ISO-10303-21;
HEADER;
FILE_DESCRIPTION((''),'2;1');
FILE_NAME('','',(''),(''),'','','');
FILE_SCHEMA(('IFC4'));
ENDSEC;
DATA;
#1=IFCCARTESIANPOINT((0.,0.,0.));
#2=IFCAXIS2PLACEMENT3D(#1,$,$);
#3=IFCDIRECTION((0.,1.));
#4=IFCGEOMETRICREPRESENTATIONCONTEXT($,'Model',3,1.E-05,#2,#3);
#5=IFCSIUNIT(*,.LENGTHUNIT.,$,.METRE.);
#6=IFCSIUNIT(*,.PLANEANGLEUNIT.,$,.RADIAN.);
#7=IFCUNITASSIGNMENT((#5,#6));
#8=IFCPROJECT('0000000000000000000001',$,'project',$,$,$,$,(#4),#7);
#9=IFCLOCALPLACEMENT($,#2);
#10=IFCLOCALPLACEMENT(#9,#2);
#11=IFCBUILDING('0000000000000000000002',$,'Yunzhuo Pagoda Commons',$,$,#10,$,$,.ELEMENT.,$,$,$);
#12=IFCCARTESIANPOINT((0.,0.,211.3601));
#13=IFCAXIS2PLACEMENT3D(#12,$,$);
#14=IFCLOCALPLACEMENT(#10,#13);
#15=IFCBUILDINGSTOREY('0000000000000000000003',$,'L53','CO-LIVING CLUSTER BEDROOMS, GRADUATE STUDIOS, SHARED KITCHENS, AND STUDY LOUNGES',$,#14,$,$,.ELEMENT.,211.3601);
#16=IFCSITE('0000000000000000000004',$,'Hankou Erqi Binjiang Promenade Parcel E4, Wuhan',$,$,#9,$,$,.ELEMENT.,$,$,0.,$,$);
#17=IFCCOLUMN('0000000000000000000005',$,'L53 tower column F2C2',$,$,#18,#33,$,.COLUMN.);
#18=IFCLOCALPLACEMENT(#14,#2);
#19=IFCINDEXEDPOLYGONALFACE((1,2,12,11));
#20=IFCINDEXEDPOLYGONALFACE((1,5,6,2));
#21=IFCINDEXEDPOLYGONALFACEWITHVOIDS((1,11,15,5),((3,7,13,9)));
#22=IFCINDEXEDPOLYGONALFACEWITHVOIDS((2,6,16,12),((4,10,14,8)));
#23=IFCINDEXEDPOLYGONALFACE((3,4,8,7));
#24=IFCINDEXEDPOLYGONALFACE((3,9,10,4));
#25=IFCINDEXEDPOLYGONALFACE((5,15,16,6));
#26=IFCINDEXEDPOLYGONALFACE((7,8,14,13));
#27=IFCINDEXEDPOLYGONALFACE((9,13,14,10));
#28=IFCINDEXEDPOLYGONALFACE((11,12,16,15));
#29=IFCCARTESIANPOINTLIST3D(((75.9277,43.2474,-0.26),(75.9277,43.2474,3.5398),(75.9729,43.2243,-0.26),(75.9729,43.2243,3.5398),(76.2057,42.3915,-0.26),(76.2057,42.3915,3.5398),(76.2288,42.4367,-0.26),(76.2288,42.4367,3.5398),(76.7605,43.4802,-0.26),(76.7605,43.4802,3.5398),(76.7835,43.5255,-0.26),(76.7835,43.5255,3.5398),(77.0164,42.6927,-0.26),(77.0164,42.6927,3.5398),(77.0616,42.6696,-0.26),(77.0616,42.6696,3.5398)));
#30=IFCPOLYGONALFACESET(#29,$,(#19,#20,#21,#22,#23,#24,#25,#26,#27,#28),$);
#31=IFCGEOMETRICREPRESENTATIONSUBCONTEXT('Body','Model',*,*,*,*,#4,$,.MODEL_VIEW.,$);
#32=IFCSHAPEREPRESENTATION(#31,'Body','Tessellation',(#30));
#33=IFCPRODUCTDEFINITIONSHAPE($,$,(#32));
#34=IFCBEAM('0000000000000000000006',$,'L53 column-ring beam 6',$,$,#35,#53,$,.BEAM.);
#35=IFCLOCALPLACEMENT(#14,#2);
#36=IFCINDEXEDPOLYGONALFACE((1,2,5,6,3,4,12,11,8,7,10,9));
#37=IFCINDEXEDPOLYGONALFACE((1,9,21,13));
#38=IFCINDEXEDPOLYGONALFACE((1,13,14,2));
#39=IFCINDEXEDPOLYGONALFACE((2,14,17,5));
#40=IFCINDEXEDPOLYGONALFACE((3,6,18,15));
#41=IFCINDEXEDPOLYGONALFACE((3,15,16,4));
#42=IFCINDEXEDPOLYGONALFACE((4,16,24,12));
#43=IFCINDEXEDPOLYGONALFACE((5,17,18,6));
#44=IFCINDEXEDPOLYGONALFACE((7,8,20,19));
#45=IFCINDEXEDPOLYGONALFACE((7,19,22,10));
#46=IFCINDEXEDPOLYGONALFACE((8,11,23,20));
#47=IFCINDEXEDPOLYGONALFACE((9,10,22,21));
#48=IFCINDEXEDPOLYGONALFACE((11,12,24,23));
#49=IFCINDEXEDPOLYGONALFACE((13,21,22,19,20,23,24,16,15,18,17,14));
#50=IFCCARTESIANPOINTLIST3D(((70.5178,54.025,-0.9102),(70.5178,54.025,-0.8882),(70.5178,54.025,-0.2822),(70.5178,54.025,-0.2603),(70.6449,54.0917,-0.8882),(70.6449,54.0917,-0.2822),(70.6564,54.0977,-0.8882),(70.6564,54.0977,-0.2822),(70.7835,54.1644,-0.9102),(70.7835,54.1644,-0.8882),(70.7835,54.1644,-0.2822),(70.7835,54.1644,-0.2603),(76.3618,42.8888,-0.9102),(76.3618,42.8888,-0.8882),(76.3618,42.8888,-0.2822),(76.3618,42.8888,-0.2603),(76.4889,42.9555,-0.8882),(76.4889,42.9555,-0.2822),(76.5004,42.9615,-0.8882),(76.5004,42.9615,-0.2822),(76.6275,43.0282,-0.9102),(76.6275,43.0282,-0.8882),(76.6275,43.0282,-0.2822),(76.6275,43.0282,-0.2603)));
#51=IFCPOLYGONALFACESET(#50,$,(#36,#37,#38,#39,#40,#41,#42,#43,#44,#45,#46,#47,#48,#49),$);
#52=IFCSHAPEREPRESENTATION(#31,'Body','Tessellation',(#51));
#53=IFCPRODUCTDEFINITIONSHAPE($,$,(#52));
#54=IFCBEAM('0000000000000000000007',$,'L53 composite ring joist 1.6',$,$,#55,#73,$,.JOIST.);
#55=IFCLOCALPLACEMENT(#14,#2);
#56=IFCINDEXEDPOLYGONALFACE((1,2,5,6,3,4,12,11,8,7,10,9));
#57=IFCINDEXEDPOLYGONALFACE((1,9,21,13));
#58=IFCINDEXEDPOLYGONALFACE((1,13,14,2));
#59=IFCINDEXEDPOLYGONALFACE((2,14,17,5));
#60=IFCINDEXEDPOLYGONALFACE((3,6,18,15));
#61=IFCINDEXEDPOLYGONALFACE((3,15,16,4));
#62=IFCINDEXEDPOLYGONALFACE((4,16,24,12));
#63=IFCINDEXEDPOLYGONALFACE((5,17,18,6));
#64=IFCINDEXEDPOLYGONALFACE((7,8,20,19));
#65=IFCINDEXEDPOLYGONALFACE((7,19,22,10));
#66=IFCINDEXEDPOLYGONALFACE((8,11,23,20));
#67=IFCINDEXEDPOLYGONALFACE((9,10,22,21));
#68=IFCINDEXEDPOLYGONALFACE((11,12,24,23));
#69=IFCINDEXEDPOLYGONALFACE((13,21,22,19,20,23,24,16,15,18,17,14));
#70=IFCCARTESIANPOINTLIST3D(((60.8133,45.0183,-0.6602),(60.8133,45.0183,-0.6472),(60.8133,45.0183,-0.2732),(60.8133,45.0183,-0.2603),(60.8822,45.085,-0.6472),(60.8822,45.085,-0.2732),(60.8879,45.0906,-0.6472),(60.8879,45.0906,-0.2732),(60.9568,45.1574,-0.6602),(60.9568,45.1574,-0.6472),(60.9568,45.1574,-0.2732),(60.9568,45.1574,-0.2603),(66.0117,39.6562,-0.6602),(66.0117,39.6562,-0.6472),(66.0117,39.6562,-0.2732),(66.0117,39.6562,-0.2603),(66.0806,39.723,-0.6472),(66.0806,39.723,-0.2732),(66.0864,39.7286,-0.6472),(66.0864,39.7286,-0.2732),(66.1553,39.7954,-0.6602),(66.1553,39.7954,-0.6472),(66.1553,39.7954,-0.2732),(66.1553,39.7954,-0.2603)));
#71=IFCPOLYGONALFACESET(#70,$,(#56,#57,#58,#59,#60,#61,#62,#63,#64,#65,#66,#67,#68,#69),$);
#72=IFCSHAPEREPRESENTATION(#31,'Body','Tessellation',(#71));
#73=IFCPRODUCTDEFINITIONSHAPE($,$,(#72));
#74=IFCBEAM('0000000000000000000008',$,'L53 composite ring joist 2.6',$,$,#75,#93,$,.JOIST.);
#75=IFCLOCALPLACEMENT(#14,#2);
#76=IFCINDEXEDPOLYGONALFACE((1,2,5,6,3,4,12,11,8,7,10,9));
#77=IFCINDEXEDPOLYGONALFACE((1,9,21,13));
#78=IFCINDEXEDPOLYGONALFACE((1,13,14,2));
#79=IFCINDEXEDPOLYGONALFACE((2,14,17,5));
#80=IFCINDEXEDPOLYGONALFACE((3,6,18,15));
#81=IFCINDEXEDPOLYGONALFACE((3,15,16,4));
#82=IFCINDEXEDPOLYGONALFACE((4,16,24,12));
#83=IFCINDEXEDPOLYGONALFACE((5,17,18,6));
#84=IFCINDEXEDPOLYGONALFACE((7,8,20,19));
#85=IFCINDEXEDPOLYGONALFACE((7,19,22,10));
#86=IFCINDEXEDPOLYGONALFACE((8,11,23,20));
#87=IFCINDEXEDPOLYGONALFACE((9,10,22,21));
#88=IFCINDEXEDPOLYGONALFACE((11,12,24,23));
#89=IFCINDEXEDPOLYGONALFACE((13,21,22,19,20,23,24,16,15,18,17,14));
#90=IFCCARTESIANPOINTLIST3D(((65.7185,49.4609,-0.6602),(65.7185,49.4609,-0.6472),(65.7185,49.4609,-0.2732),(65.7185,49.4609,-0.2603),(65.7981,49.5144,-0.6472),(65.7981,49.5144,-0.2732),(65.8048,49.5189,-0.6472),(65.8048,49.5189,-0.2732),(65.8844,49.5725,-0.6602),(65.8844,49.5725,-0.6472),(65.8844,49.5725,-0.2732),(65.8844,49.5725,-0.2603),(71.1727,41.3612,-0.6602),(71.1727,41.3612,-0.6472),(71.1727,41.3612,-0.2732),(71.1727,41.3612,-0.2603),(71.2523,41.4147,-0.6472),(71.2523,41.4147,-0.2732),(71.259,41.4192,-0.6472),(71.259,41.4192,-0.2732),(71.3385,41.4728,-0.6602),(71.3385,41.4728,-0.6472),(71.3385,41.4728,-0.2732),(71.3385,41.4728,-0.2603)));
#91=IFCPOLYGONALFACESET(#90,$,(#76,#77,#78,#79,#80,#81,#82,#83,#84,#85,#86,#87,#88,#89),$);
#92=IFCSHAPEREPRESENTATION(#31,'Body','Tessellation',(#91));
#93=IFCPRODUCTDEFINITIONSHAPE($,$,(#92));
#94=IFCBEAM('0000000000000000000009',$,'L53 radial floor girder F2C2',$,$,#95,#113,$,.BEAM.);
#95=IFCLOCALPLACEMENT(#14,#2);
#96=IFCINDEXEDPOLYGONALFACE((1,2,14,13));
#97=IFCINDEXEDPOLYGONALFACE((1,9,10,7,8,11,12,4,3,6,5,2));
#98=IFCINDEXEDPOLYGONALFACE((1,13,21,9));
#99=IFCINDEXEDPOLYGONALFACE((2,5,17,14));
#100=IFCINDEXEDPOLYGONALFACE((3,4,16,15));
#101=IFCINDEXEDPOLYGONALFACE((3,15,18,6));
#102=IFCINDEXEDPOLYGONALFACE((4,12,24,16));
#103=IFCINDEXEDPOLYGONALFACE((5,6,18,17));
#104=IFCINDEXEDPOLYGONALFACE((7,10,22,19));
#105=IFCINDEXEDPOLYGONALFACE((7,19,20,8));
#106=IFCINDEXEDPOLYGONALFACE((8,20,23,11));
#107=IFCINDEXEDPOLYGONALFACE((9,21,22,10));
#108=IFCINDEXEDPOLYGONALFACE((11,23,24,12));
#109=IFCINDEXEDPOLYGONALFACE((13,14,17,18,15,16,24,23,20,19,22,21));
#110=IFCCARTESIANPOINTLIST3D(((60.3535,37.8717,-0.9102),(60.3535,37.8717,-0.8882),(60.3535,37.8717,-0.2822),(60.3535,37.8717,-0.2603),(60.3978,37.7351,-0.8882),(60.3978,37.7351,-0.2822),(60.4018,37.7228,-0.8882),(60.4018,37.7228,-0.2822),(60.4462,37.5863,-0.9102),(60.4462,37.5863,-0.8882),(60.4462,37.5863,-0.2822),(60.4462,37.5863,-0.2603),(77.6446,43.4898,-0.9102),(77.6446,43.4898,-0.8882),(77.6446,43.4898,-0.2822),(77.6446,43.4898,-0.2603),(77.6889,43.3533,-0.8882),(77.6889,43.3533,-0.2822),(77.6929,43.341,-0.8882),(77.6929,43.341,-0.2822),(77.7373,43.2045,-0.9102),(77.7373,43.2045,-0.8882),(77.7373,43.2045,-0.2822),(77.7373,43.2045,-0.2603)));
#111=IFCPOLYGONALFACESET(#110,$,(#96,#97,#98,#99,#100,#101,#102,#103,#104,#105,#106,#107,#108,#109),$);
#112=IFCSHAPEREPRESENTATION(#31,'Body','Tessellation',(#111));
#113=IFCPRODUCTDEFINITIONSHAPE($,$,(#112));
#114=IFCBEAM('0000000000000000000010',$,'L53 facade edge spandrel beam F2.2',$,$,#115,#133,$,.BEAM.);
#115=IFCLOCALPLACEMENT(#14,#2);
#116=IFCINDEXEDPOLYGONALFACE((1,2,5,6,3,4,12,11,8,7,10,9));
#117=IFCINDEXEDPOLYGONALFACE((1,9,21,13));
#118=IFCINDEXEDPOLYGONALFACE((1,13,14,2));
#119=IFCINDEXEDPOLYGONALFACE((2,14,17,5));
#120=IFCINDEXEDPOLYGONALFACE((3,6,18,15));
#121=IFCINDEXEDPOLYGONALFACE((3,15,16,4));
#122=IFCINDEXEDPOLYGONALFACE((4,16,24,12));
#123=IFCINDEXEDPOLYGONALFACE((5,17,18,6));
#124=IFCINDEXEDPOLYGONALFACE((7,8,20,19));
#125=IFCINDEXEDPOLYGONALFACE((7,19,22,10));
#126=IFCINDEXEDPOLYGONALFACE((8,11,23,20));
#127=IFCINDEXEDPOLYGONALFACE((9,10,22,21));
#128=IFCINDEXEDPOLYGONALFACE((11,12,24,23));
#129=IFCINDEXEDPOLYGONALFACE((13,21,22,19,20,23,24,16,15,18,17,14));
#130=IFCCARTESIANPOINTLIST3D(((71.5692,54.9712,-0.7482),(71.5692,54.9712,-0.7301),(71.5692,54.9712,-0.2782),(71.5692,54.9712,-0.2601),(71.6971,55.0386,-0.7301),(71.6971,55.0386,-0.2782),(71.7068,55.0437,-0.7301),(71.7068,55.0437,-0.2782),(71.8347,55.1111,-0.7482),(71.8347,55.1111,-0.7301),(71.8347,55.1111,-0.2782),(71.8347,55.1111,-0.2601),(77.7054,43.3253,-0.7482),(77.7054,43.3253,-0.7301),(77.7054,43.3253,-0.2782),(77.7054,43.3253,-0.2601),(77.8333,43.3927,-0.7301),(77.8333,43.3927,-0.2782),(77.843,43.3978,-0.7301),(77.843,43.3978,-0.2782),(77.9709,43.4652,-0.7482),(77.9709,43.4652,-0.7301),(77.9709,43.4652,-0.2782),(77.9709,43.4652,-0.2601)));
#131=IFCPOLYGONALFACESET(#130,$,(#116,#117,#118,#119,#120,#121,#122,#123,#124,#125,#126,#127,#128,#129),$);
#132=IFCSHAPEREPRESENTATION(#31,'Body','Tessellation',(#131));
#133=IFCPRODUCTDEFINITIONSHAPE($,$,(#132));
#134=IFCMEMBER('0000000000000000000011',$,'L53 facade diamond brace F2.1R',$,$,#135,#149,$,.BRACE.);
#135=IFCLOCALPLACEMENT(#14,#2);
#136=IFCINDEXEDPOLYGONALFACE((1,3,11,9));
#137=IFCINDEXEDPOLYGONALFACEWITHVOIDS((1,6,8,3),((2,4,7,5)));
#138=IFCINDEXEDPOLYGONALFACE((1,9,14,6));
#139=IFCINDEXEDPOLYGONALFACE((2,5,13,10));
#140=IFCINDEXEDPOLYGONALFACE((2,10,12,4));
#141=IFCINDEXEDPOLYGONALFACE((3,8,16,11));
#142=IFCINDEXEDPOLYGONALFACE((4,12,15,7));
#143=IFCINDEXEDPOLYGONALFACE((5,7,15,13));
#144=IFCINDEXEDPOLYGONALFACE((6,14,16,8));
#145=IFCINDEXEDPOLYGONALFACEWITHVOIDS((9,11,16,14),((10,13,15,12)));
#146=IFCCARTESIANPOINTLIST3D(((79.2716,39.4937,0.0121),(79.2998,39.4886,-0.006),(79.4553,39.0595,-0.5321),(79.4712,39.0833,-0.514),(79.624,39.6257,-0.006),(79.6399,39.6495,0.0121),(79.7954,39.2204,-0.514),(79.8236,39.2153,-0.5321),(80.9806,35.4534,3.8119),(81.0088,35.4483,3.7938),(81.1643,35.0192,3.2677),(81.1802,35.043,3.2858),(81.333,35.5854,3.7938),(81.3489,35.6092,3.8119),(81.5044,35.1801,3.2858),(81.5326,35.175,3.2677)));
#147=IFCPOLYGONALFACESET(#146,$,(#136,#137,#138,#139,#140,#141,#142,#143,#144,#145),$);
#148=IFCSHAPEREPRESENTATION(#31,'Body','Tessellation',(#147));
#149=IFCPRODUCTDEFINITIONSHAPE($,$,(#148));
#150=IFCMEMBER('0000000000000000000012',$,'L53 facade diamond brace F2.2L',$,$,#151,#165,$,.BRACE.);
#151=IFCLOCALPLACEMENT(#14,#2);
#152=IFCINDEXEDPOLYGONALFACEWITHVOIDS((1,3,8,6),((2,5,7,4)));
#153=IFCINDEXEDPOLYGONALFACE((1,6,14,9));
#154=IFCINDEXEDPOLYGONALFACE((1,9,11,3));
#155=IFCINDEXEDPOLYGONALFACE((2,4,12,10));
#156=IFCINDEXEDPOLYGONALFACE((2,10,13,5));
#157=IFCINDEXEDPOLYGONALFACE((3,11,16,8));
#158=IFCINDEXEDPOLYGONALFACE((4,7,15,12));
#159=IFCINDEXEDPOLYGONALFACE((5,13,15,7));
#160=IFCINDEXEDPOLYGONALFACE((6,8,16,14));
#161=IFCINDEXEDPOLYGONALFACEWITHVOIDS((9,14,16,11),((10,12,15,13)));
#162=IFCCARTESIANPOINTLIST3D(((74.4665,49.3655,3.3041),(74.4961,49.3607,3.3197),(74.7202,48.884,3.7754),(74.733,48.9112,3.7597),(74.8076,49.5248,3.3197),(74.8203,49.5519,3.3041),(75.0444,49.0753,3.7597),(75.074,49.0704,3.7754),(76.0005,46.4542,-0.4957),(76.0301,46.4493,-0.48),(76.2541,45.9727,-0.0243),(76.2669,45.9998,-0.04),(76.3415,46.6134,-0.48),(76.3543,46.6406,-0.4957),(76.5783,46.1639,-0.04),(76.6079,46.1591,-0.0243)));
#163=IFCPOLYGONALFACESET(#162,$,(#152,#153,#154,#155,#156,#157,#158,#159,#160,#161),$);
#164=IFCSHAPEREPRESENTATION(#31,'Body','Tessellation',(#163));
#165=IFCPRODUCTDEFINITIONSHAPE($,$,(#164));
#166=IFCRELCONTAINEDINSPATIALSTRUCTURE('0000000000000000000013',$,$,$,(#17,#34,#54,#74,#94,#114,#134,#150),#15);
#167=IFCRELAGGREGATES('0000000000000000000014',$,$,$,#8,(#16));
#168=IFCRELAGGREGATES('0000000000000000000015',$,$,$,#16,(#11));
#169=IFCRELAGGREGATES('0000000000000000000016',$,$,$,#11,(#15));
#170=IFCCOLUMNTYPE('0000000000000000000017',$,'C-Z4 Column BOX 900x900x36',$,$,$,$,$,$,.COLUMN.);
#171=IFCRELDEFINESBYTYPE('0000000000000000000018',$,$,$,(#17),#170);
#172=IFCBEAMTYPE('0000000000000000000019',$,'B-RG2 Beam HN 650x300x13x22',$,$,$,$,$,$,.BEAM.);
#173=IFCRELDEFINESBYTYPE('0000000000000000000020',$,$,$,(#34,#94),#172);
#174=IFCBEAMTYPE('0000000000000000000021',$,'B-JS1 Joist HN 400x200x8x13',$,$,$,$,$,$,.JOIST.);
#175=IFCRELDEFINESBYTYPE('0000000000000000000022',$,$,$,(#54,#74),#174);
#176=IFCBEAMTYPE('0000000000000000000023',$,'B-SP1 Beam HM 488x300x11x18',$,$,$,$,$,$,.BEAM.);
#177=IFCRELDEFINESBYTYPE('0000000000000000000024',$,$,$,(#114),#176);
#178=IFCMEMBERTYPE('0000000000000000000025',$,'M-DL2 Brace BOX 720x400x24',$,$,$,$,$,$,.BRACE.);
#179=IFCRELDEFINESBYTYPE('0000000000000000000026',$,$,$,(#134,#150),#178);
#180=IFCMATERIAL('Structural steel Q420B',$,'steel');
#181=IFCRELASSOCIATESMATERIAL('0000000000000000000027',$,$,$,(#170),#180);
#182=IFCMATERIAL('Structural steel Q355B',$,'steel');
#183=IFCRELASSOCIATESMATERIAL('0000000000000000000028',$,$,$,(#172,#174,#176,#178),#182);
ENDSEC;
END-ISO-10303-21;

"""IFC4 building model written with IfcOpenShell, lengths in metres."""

from ifc_helpers import new_model, si_unit, direction, frame, origin, origin_2d, place, context, subcontext, project, spatial, hollow_rectangle, i_section, extrude, source, transform, mapped, material, material_profile, profile_set, type_object, element, save


model = new_model("IFC4")

# Units and contexts
model_context = context("Model", 3, precision=1e-05, world=origin(), true_north=direction((0.0, 1.0)))
body_context = subcontext(model_context, "Body", "Model", "MODEL_VIEW")
ifc_project = project(units=[si_unit("LENGTHUNIT", "METRE"), si_unit("PLANEANGLEUNIT", "RADIAN")], contexts=[model_context])

# Site, building, storey
site_placement = place(None, origin())
site = spatial("IfcSite", under=ifc_project, at=site_placement, Name="Hankou Erqi Binjiang Promenade Parcel E4, Wuhan", CompositionType="ELEMENT", RefElevation=0.0)
building_placement = place(site_placement, origin())
building = spatial("IfcBuilding", under=site, at=building_placement, Name="Yunzhuo Pagoda Commons", CompositionType="ELEMENT")
storey_placement = place(building_placement, frame((0.0, 0.0, 211.3601)))
storey = spatial("IfcBuildingStorey", under=building, at=storey_placement, Name="L53", Description="CO-LIVING CLUSTER BEDROOMS, GRADUATE STUDIOS, SHARED KITCHENS, AND STUDY LOUNGES", CompositionType="ELEMENT", Elevation=211.3601)

# Column
ifc_material_1 = material(Name="Structural steel Q420B", Category="steel")
ifc_material_profile_1 = material_profile(ifc_material_1, hollow_rectangle(XDim=0.8999, YDim=0.8999, WallThickness=0.0359, at=origin_2d()), Name="Structural steel Q420B")
ifc_profile_set_1 = profile_set([ifc_material_profile_1], Name="Structural steel Q420B")
column_type = type_object("IfcColumnType", Name="C-Z4 Column BOX 900x900x36", PredefinedType="COLUMN", material=ifc_profile_set_1)
shared_shape_1 = source(origin(), body_context, "Body", "SweptSolid", [
    extrude(hollow_rectangle(XDim=0.8999, YDim=0.8999, WallThickness=0.0359, at=origin_2d()), origin(), (0.0, 0.0, 1.0), 3.7998),
])
column_placement = place(storey_placement, frame((76.4946, 42.9585, -0.26), z_axis=(0.0, 0.0, 1.0), x_axis=(-0.309017, 0.951057, 0.0)))
element("IfcColumn", 1, at=column_placement, inside=storey, type_object=column_type, Name="L53 tower column F2C2", PredefinedType="COLUMN", context=body_context, shape_type="MappedRepresentation", body=[
    mapped(shared_shape_1, transform((0.0, 0.0, 0.0), scale=1.0)),
])

# Beams
ifc_material_2 = material(Name="Structural steel Q355B", Category="steel")
ifc_material_profile_2 = material_profile(ifc_material_2, i_section(OverallWidth=0.3, OverallDepth=0.6499, WebThickness=0.0129, FlangeThickness=0.022, at=origin_2d()), Name="Structural steel Q355B")
ifc_profile_set_2 = profile_set([ifc_material_profile_2], Name="Structural steel Q355B")
beam_type_1 = type_object("IfcBeamType", Name="B-RG2 Beam HN 650x300x13x22", PredefinedType="BEAM", material=ifc_profile_set_2)
shared_shape_2 = source(origin(), body_context, "Body", "SweptSolid", [
    extrude(i_section(OverallWidth=0.3, OverallDepth=0.6499, WebThickness=0.0129, FlangeThickness=0.022, at=origin_2d()), origin(), (0.0, 0.0, 1.0), 12.5764),
])
beam_1_placement = place(storey_placement, frame((76.4946, 42.9585, -0.5852), z_axis=(-0.464676, 0.885481, 0.0), x_axis=(-0.885481, -0.464676, 0.0)))
element("IfcBeam", 2, at=beam_1_placement, inside=storey, type_object=beam_type_1, Name="L53 column-ring beam 6", PredefinedType="BEAM", context=body_context, shape_type="MappedRepresentation", body=[
    mapped(shared_shape_2, transform((0.0, 0.0, 0.0), scale=1.0)),
])
ifc_material_profile_3 = material_profile(ifc_material_2, i_section(OverallWidth=0.2, OverallDepth=0.3999, WebThickness=0.0081, FlangeThickness=0.0129, at=origin_2d()), Name="Structural steel Q355B")
ifc_profile_set_3 = profile_set([ifc_material_profile_3], Name="Structural steel Q355B")
beam_type_2 = type_object("IfcBeamType", Name="B-JS1 Joist HN 400x200x8x13", PredefinedType="JOIST", material=ifc_profile_set_3)
shared_shape_3 = source(origin(), body_context, "Body", "SweptSolid", [
    extrude(i_section(OverallWidth=0.2, OverallDepth=0.3999, WebThickness=0.0081, FlangeThickness=0.0129, at=origin_2d()), origin(), (0.0, 0.0, 1.0), 7.4683),
])
beam_2_placement = place(storey_placement, frame((66.0835, 39.7258, -0.4602), z_axis=(-0.696071, 0.717973, 0.0), x_axis=(-0.717973, -0.696071, 0.0)))
element("IfcBeam", 3, at=beam_2_placement, inside=storey, type_object=beam_type_2, Name="L53 composite ring joist 1.6", PredefinedType="JOIST", context=body_context, shape_type="MappedRepresentation", body=[
    mapped(shared_shape_3, transform((0.0, 0.0, 0.0), scale=1.0)),
])
shared_shape_4 = source(origin(), body_context, "Body", "SweptSolid", [
    extrude(i_section(OverallWidth=0.2, OverallDepth=0.3999, WebThickness=0.0081, FlangeThickness=0.0129, at=origin_2d()), origin(), (0.0, 0.0, 1.0), 9.7649),
])
beam_3_placement = place(storey_placement, frame((71.2556, 41.417, -0.4602), z_axis=(-0.558548, 0.829472, 0.0), x_axis=(-0.829472, -0.558548, 0.0)))
element("IfcBeam", 4, at=beam_3_placement, inside=storey, type_object=beam_type_2, Name="L53 composite ring joist 2.6", PredefinedType="JOIST", context=body_context, shape_type="MappedRepresentation", body=[
    mapped(shared_shape_4, transform((0.0, 0.0, 0.0), scale=1.0)),
])
shared_shape_5 = source(origin(), body_context, "Body", "SweptSolid", [
    extrude(i_section(OverallWidth=0.3, OverallDepth=0.6499, WebThickness=0.0129, FlangeThickness=0.022, at=origin_2d()), origin(), (0.0, 0.0, 1.0), 18.1809),
])
beam_4_placement = place(storey_placement, frame((77.6909, 43.3472, -0.5852), z_axis=(-0.951057, -0.309016, 0.0), x_axis=(0.309016, -0.951057, 0.0)))
element("IfcBeam", 5, at=beam_4_placement, inside=storey, type_object=beam_type_1, Name="L53 radial floor girder F2C2", PredefinedType="BEAM", context=body_context, shape_type="MappedRepresentation", body=[
    mapped(shared_shape_5, transform((0.0, 0.0, 0.0), scale=1.0)),
])
ifc_material_profile_4 = material_profile(ifc_material_2, i_section(OverallWidth=0.3, OverallDepth=0.488, WebThickness=0.011, FlangeThickness=0.0181, at=origin_2d()), Name="Structural steel Q355B")
ifc_profile_set_4 = profile_set([ifc_material_profile_4], Name="Structural steel Q355B")
beam_type_3 = type_object("IfcBeamType", Name="B-SP1 Beam HM 488x300x11x18", PredefinedType="BEAM", material=ifc_profile_set_4)
shared_shape_6 = source(origin(), body_context, "Body", "SweptSolid", [
    extrude(i_section(OverallWidth=0.3, OverallDepth=0.488, WebThickness=0.011, FlangeThickness=0.0181, at=origin_2d()), origin(), (0.0, 0.0, 1.0), 13.1636),
])
beam_5_placement = place(storey_placement, frame((77.8381, 43.3953, -0.5042), z_axis=(-0.466148, 0.884707, 0.0), x_axis=(-0.884707, -0.466148, 0.0)))
element("IfcBeam", 6, at=beam_5_placement, inside=storey, type_object=beam_type_3, Name="L53 facade edge spandrel beam F2.2", PredefinedType="BEAM", context=body_context, shape_type="MappedRepresentation", body=[
    mapped(shared_shape_6, transform((0.0, 0.0, 0.0), scale=1.0)),
])

# Members
ifc_material_profile_5 = material_profile(ifc_material_2, hollow_rectangle(XDim=0.3999, YDim=0.72, WallThickness=0.0239, at=origin_2d()), Name="Structural steel Q355B")
ifc_profile_set_5 = profile_set([ifc_material_profile_5], Name="Structural steel Q355B")
member_type_1 = type_object("IfcMemberType", Name="M-DL2 Brace BOX 720x400x24", PredefinedType="BRACE", material=ifc_profile_set_5)
shared_shape_7 = source(origin(), body_context, "Body", "SweptSolid", [
    extrude(hollow_rectangle(XDim=0.3999, YDim=0.72, WallThickness=0.0239, at=origin_2d()), origin(), (0.0, 0.0, 1.0), 5.8037),
])
member_1_placement = place(storey_placement, frame((79.5476, 39.3545, -0.26), z_axis=(0.294464, -0.696155, 0.65472), x_axis=(0.920997, 0.389569, 0.0)))
element("IfcMember", 7, at=member_1_placement, inside=storey, type_object=member_type_1, Name="L53 facade diamond brace F2.1R", PredefinedType="BRACE", context=body_context, shape_type="MappedRepresentation", body=[
    mapped(shared_shape_7, transform((0.0, 0.0, 0.0), scale=1.0)),
])
shared_shape_8 = source(origin(), body_context, "Body", "SweptSolid", [
    extrude(hollow_rectangle(XDim=0.3999, YDim=0.72, WallThickness=0.0239, at=origin_2d()), origin(), (0.0, 0.0, 1.0), 5.0266),
])
member_2_placement = place(storey_placement, frame((76.3042, 46.3066, -0.26), z_axis=(-0.305158, 0.579184, 0.755926), x_axis=(-0.884714, -0.466135, 0.0)))
element("IfcMember", 8, at=member_2_placement, inside=storey, type_object=member_type_1, Name="L53 facade diamond brace F2.2L", PredefinedType="BRACE", context=body_context, shape_type="MappedRepresentation", body=[
    mapped(shared_shape_8, transform((0.0, 0.0, 0.0), scale=1.0)),
])

save(model, "model.ifc")
